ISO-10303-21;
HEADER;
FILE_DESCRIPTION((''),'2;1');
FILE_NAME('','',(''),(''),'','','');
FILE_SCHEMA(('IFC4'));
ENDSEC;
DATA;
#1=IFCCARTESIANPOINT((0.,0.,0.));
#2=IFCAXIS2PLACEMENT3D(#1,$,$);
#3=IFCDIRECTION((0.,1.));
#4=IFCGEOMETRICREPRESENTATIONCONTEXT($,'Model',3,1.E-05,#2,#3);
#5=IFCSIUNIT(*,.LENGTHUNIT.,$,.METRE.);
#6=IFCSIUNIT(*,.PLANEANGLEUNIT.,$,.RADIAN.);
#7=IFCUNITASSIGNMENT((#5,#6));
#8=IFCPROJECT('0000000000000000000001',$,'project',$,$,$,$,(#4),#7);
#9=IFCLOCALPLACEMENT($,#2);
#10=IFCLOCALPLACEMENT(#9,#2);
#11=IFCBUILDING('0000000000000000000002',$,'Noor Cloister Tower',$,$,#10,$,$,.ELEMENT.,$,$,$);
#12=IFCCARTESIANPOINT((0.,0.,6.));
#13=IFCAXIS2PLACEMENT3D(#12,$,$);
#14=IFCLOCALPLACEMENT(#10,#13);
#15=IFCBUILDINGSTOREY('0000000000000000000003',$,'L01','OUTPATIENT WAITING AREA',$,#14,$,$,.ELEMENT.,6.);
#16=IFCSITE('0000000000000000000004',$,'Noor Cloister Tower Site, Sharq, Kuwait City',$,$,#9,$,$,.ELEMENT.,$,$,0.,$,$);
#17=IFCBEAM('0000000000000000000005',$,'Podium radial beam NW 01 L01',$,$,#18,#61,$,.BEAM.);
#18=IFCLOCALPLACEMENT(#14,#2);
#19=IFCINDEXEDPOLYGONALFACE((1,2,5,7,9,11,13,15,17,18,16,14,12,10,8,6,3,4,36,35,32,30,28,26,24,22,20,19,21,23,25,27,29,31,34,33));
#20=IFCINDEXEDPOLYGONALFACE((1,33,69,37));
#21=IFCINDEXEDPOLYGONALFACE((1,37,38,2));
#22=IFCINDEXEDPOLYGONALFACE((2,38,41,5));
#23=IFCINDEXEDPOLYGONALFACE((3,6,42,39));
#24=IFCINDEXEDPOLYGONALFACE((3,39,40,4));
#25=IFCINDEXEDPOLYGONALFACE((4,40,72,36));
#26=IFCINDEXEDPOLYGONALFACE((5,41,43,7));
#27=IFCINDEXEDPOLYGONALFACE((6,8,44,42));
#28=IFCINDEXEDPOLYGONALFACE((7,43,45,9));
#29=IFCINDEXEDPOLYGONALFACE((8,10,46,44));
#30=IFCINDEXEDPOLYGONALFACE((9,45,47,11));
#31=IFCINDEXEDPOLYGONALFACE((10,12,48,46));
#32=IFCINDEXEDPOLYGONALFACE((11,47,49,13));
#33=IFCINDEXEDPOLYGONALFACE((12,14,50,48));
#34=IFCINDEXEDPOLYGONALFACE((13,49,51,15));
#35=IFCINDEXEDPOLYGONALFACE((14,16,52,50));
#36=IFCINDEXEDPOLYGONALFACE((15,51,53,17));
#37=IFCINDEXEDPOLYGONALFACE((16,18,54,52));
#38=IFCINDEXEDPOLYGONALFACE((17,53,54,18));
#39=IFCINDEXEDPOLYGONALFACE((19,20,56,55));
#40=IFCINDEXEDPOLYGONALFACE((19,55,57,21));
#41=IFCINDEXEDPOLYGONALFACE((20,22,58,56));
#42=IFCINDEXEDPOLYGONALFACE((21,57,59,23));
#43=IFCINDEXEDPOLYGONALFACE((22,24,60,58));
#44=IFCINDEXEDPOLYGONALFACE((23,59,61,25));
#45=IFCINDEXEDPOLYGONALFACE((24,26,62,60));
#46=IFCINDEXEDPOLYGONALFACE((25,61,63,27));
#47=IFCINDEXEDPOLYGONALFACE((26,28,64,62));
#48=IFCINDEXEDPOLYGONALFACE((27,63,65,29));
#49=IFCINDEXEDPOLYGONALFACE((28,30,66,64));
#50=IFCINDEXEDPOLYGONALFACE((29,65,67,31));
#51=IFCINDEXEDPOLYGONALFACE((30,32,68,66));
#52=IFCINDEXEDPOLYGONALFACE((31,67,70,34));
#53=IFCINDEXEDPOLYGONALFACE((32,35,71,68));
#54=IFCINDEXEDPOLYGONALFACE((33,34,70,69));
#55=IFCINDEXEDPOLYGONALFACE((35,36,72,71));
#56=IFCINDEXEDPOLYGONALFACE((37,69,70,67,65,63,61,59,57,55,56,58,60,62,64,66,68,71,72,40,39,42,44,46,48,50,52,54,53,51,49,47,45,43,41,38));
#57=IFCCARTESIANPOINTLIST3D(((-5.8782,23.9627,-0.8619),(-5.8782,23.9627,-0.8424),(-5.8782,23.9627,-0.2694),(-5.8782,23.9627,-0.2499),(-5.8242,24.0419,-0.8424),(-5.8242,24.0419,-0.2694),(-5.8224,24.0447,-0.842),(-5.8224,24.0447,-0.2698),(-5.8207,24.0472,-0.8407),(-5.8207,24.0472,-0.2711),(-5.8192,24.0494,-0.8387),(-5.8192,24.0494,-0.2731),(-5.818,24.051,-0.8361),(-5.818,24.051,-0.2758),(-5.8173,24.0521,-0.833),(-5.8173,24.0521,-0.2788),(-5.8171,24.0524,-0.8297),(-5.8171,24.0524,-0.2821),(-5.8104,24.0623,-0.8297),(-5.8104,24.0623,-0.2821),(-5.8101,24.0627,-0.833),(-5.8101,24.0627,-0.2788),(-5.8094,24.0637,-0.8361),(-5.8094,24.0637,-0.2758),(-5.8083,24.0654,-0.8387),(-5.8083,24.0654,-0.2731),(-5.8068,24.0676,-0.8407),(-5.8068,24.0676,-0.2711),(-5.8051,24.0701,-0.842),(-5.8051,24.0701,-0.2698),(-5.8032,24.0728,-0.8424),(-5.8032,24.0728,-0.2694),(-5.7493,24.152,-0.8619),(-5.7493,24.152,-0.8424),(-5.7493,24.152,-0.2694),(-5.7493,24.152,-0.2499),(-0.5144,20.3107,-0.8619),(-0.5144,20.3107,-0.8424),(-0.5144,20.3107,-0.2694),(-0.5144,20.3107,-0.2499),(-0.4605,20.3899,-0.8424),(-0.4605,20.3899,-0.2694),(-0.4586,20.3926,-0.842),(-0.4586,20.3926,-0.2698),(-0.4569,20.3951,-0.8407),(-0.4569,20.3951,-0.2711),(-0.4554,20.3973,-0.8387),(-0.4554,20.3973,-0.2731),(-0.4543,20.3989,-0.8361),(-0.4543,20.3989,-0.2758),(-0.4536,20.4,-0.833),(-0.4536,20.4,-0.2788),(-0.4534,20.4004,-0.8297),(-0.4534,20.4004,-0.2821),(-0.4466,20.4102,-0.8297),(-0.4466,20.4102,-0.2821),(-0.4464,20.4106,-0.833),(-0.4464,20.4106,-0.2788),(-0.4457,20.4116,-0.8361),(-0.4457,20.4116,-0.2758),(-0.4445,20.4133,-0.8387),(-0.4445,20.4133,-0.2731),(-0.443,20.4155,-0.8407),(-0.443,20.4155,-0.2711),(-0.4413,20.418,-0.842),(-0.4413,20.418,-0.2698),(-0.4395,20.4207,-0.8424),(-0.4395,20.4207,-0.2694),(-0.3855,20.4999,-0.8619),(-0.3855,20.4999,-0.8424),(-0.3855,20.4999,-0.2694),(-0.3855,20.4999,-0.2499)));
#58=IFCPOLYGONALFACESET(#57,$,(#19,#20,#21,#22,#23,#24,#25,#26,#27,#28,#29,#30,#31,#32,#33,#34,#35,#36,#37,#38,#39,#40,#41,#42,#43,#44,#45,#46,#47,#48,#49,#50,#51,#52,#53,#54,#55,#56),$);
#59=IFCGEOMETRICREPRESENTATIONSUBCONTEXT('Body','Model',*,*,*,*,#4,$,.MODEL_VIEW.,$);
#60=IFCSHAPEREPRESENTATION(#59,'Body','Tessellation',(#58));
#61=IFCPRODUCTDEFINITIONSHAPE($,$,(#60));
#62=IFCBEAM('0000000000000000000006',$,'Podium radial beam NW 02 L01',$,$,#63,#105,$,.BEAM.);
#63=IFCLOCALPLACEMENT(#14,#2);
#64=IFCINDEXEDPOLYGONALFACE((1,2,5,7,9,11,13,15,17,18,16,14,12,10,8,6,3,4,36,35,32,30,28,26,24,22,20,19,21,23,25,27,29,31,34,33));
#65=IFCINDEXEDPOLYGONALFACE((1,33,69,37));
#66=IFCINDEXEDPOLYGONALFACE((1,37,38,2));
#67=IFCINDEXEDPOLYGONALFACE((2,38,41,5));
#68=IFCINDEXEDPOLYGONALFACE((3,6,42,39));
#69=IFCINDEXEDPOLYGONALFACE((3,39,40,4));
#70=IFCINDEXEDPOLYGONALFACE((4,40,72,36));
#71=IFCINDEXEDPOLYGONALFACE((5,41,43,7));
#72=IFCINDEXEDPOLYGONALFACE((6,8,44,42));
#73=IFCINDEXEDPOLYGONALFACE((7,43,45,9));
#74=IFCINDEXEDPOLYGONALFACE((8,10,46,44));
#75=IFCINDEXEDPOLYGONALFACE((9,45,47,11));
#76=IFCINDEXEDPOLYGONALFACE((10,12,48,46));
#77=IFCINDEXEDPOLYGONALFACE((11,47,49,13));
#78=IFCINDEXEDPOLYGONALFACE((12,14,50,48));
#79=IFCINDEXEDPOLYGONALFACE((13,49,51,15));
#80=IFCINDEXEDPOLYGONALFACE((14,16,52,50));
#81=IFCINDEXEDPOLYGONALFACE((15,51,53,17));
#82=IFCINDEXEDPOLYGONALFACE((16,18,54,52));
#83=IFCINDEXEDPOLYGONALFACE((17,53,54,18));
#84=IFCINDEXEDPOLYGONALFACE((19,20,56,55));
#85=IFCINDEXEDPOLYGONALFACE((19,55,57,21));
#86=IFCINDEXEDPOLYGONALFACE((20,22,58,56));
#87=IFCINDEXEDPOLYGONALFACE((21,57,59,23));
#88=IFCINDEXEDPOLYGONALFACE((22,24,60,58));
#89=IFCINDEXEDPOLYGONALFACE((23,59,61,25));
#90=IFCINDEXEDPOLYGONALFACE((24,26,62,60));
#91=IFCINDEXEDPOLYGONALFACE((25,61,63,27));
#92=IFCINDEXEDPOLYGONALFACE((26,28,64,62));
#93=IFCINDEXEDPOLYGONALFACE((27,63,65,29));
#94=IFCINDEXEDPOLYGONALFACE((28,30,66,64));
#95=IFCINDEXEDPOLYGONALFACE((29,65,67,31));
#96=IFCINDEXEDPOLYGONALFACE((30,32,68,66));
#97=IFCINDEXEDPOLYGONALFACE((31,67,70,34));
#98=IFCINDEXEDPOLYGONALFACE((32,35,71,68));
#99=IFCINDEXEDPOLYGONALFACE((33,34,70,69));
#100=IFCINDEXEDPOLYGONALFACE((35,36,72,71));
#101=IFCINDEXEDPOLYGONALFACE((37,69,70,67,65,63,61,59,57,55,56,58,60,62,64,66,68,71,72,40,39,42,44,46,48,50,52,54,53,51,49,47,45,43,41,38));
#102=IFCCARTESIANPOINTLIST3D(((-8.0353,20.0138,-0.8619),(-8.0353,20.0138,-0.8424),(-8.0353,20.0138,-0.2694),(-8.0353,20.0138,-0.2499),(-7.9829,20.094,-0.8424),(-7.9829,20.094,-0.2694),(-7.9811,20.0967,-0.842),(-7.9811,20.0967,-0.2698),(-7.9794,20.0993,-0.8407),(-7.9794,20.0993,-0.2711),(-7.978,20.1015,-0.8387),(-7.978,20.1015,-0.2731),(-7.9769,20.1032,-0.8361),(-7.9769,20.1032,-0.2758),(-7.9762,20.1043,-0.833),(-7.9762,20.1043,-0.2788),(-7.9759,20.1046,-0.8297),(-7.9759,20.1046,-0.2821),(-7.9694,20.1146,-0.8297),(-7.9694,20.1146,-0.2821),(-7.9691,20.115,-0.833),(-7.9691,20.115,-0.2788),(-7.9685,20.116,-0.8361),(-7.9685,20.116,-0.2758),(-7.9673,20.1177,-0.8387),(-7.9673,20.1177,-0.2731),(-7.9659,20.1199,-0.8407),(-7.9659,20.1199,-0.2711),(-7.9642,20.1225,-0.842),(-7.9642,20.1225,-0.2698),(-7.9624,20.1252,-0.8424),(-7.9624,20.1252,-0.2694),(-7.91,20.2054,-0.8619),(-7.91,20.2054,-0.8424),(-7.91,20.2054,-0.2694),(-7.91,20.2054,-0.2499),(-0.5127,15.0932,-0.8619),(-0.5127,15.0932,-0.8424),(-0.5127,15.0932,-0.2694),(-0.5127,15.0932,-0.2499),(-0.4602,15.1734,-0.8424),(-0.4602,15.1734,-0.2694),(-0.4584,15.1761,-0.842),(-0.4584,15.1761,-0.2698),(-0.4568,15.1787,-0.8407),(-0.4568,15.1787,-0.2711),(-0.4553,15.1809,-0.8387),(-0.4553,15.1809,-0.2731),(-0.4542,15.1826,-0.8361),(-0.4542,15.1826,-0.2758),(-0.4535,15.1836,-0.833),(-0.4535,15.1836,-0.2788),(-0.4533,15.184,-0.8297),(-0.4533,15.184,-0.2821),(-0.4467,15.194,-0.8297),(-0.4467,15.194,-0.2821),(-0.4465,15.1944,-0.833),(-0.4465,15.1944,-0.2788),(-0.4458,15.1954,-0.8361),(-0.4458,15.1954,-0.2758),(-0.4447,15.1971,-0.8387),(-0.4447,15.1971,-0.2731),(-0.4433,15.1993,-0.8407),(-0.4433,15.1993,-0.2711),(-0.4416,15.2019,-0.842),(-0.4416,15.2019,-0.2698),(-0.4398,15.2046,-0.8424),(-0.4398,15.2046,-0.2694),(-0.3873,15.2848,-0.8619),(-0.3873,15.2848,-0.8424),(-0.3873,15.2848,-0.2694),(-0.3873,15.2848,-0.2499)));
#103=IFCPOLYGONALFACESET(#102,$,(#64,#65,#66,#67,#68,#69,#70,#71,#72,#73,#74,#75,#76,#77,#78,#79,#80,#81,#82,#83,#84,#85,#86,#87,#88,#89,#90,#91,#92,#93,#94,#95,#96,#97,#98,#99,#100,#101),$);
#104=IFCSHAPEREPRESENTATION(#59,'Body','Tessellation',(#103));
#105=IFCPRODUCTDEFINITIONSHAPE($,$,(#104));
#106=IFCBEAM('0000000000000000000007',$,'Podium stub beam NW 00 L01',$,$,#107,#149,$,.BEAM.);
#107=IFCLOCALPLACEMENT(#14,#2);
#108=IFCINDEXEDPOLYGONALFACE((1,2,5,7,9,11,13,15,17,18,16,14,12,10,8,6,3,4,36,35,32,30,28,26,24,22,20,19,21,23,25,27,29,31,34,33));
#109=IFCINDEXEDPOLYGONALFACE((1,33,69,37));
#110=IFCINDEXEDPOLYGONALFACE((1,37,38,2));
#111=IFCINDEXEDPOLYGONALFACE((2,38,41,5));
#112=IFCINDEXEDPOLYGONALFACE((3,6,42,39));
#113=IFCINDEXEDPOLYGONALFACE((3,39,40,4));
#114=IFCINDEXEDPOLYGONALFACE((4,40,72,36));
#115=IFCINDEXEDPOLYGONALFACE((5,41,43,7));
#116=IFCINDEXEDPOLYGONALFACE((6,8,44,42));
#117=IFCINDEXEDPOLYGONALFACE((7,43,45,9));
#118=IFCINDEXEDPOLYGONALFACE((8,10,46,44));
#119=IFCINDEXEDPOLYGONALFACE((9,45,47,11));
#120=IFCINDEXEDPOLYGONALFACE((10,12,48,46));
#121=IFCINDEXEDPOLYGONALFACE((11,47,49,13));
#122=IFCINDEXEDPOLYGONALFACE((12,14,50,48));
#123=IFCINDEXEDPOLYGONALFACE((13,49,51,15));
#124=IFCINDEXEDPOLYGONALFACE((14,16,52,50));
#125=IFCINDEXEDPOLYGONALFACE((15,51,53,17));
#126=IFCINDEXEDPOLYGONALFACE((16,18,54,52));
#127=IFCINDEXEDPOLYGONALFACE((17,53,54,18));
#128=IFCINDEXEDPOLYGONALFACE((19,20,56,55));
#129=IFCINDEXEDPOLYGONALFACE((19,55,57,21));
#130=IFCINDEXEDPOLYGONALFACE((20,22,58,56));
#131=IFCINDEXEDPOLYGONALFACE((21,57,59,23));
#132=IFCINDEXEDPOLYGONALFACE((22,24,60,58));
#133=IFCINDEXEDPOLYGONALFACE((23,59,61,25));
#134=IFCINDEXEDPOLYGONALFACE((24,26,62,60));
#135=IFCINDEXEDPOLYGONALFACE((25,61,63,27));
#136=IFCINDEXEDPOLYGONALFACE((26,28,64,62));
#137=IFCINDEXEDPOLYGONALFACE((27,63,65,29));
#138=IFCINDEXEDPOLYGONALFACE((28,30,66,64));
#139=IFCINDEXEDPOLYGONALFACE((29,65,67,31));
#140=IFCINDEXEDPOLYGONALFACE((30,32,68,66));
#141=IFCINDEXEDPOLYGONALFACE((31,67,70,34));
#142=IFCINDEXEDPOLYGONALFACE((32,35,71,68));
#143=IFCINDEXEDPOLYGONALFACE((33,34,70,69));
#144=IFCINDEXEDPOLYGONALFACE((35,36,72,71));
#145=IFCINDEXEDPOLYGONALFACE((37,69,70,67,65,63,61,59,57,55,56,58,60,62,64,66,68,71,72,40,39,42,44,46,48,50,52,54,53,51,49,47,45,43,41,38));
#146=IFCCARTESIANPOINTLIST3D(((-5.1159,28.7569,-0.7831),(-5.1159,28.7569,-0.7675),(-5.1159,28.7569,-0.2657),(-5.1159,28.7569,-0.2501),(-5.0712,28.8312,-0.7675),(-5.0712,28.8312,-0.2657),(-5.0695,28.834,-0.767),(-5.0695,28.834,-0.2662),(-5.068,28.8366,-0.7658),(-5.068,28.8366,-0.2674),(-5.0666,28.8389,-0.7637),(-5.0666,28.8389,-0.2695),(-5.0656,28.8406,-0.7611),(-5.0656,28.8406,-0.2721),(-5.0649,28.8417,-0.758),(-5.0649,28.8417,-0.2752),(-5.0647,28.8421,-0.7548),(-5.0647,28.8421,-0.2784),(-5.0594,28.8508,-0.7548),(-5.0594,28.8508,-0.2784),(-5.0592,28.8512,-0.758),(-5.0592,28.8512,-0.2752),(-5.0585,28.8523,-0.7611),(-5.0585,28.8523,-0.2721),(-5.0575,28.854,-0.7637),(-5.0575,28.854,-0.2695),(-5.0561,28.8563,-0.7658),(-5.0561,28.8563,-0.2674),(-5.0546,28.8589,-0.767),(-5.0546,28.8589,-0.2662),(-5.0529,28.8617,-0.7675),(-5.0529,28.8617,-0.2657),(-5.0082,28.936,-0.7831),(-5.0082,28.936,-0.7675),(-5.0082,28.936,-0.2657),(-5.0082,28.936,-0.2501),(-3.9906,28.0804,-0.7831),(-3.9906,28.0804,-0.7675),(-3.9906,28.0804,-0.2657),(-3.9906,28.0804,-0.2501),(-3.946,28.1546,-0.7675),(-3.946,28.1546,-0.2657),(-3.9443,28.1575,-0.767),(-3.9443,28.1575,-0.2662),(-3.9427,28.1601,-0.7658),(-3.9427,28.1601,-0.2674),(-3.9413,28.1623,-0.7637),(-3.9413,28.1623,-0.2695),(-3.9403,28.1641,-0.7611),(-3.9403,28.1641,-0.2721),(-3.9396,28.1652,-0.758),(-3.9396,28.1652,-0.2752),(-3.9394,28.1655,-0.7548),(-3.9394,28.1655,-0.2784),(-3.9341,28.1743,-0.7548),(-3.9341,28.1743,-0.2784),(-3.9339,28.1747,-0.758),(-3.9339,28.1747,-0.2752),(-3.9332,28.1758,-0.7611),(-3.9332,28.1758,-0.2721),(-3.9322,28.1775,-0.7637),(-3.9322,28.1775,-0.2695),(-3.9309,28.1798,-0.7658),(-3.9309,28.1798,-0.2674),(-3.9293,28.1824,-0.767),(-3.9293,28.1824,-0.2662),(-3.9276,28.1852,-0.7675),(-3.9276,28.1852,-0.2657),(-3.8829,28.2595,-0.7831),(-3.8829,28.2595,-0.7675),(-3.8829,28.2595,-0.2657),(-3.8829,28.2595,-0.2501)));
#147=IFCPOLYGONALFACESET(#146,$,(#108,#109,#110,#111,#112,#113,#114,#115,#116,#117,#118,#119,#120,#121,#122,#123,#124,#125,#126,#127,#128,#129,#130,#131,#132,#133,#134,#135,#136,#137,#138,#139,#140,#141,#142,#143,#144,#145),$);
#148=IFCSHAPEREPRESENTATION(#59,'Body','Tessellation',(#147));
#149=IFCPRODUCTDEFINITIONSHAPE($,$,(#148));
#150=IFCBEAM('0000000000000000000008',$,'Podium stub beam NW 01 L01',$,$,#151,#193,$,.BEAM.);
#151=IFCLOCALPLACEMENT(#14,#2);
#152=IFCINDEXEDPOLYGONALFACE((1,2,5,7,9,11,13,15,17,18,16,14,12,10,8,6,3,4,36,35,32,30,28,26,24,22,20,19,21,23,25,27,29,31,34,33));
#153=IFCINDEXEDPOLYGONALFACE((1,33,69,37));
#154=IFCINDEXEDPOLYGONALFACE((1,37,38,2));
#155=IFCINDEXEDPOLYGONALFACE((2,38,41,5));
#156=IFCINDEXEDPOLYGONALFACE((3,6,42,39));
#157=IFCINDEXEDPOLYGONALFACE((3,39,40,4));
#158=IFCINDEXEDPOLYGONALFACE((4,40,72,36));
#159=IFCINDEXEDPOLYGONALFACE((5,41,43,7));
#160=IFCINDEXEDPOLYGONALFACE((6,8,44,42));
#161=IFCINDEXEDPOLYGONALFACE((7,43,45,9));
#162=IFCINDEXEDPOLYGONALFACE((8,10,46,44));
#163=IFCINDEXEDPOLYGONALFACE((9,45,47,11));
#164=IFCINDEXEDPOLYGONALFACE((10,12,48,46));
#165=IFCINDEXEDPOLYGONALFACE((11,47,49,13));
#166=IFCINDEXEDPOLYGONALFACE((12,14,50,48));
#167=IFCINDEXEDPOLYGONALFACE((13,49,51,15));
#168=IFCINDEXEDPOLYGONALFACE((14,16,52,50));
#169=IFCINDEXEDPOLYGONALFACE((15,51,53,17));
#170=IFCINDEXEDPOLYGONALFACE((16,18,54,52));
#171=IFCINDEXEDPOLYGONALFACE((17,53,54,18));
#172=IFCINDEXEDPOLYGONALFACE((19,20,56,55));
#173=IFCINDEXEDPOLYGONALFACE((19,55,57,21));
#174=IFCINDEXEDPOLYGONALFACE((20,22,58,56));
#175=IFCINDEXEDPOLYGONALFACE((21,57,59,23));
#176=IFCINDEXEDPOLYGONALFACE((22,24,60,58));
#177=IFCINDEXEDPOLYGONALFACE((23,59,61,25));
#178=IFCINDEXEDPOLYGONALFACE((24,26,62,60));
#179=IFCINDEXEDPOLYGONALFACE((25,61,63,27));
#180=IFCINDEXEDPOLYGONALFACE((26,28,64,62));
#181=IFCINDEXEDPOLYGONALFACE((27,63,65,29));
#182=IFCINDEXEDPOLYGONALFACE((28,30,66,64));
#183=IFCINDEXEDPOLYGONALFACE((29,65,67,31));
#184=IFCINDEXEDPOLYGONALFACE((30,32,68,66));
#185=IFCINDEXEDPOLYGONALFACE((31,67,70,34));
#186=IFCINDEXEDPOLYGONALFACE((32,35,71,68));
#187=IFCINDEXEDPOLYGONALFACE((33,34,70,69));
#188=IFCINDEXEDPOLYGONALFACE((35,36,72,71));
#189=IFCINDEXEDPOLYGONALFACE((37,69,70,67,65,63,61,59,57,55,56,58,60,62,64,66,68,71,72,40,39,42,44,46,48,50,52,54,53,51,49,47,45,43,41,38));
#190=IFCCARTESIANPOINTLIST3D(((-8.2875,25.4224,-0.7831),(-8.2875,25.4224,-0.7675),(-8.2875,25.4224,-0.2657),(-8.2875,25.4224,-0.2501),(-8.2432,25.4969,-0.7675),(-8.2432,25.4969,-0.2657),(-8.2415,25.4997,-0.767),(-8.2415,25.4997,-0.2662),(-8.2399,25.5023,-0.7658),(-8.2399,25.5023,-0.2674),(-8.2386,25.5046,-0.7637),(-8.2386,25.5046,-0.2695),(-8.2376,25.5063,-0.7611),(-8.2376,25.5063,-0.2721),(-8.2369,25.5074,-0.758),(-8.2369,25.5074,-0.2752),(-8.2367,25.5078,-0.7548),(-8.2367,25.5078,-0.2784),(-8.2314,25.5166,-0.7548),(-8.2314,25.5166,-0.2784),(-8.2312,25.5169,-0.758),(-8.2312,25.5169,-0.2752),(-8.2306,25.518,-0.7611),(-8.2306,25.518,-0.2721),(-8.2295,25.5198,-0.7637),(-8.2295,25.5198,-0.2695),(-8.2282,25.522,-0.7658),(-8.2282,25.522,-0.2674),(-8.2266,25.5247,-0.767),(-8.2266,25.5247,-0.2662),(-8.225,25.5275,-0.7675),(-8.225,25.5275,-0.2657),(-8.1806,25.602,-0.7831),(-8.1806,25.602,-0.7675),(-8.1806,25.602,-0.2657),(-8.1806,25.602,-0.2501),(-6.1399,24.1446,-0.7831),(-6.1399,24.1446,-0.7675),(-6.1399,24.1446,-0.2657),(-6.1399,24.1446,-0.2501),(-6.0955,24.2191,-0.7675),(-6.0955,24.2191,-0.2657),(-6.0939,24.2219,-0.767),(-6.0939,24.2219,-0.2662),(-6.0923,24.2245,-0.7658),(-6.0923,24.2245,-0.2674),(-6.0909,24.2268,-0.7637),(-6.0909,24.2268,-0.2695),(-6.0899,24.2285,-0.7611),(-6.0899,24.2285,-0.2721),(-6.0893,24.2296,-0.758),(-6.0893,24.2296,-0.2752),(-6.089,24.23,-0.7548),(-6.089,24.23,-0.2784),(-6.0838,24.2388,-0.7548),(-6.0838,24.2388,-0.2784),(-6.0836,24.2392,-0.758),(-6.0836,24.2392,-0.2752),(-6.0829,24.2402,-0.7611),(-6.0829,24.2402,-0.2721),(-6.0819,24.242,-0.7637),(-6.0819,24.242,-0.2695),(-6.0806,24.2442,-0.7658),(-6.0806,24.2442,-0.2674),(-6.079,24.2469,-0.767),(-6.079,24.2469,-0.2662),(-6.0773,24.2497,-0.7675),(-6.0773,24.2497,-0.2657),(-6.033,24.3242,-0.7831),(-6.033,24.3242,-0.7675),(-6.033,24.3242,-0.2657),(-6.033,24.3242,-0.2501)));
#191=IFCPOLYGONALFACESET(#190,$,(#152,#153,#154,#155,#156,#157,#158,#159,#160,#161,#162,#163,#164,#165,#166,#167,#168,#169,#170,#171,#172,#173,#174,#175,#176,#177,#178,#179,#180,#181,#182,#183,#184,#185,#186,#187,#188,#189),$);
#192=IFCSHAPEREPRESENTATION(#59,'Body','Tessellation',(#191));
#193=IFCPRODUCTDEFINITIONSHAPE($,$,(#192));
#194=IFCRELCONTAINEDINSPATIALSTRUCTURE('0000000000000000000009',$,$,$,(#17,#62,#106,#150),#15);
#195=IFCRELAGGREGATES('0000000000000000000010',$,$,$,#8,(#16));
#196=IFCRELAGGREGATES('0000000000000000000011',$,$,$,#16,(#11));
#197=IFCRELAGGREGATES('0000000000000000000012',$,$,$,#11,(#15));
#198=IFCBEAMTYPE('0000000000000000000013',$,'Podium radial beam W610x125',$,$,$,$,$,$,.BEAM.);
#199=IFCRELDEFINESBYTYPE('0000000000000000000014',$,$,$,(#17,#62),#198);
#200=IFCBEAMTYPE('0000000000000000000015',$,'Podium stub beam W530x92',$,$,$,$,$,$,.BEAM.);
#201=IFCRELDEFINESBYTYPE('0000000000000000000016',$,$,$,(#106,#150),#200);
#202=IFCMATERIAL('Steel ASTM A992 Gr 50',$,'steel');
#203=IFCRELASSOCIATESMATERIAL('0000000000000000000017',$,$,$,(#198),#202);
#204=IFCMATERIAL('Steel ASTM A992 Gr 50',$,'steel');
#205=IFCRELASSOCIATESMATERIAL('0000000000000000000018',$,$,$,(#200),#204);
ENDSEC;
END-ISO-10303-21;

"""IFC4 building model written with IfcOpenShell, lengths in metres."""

from ifc_helpers import new_model, si_unit, direction, frame, origin, origin_2d, place, context, subcontext, project, spatial, i_section, extrude, material, material_profile, profile_set, type_object, element, save


model = new_model("IFC4")

# Units and contexts
model_context = context("Model", 3, precision=1e-05, world=origin(), true_north=direction((0.0, 1.0)))
body_context = subcontext(model_context, "Body", "Model", "MODEL_VIEW")
ifc_project = project(units=[si_unit("LENGTHUNIT", "METRE"), si_unit("PLANEANGLEUNIT", "RADIAN")], contexts=[model_context])

# Site, building, storey
site_placement = place(None, origin())
site = spatial("IfcSite", under=ifc_project, at=site_placement, Name="Noor Cloister Tower Site, Sharq, Kuwait City", CompositionType="ELEMENT", RefElevation=0.0)
building_placement = place(site_placement, origin())
building = spatial("IfcBuilding", under=site, at=building_placement, Name="Noor Cloister Tower", CompositionType="ELEMENT")
storey_placement = place(building_placement, frame((0.0, 0.0, 6.0)))
storey = spatial("IfcBuildingStorey", under=building, at=storey_placement, Name="L01", Description="OUTPATIENT WAITING AREA", CompositionType="ELEMENT", Elevation=6.0)

# Beams
ifc_material_1 = material(Name="Steel ASTM A992 Gr 50", Category="steel")
ifc_material_profile_1 = material_profile(ifc_material_1, i_section(OverallWidth=0.229, OverallDepth=0.6121, WebThickness=0.012, FlangeThickness=0.0195, FilletRadius=0.0127, at=origin_2d()), Name="W610x125")
ifc_profile_set_1 = profile_set([ifc_material_profile_1], Name="Steel ASTM A992 Gr 50")
beam_type_1 = type_object("IfcBeamType", Name="Podium radial beam W610x125", PredefinedType="BEAM", material=ifc_profile_set_1)
beam_1_placement = place(storey_placement, frame((-5.8137, 24.0574, -0.5559), z_axis=(0.826587, -0.562809, 0.0), x_axis=(0.562809, 0.826587, 0.0)))
element("IfcBeam", 1, at=beam_1_placement, inside=storey, type_object=beam_type_1, Name="Podium radial beam NW 01 L01", PredefinedType="BEAM", context=body_context, shape_type="SweptSolid", body=[
    extrude(i_section(OverallWidth=0.229, OverallDepth=0.6121, WebThickness=0.012, FlangeThickness=0.0195, FilletRadius=0.0127, at=origin_2d()), origin(), (0.0, 0.0, 1.0), 6.489),
])
beam_2_placement = place(storey_placement, frame((-7.9727, 20.1096, -0.5559), z_axis=(0.83687, -0.547402, 0.0), x_axis=(0.547402, 0.83687, 0.0)))
element("IfcBeam", 2, at=beam_2_placement, inside=storey, type_object=beam_type_1, Name="Podium radial beam NW 02 L01", PredefinedType="BEAM", context=body_context, shape_type="SweptSolid", body=[
    extrude(i_section(OverallWidth=0.229, OverallDepth=0.6121, WebThickness=0.012, FlangeThickness=0.0195, FilletRadius=0.0127, at=origin_2d()), origin(), (0.0, 0.0, 1.0), 8.989),
])
ifc_material_2 = material(Name="Steel ASTM A992 Gr 50", Category="steel")
ifc_material_profile_2 = material_profile(ifc_material_2, i_section(OverallWidth=0.209, OverallDepth=0.533, WebThickness=0.0103, FlangeThickness=0.0156, FilletRadius=0.0127, at=origin_2d()), Name="W530x92")
ifc_profile_set_2 = profile_set([ifc_material_profile_2], Name="Steel ASTM A992 Gr 50")
beam_type_2 = type_object("IfcBeamType", Name="Podium stub beam W530x92", PredefinedType="BEAM", material=ifc_profile_set_2)
beam_3_placement = place(storey_placement, frame((-3.9368, 28.1699, -0.5166), z_axis=(-0.857033, 0.515261, 0.0), x_axis=(-0.515261, -0.857033, 0.0)))
element("IfcBeam", 3, at=beam_3_placement, inside=storey, type_object=beam_type_2, Name="Podium stub beam NW 00 L01", PredefinedType="BEAM", context=body_context, shape_type="SweptSolid", body=[
    extrude(i_section(OverallWidth=0.209, OverallDepth=0.533, WebThickness=0.0103, FlangeThickness=0.0156, FilletRadius=0.0127, at=origin_2d()), origin(), (0.0, 0.0, 1.0), 1.313),
])
beam_4_placement = place(storey_placement, frame((-6.0864, 24.2344, -0.5166), z_axis=(-0.859392, 0.511317, 0.0), x_axis=(-0.511317, -0.859392, 0.0)))
element("IfcBeam", 4, at=beam_4_placement, inside=storey, type_object=beam_type_2, Name="Podium stub beam NW 01 L01", PredefinedType="BEAM", context=body_context, shape_type="SweptSolid", body=[
    extrude(i_section(OverallWidth=0.209, OverallDepth=0.533, WebThickness=0.0103, FlangeThickness=0.0156, FilletRadius=0.0127, at=origin_2d()), origin(), (0.0, 0.0, 1.0), 2.499),
])

save(model, "model.ifc")
